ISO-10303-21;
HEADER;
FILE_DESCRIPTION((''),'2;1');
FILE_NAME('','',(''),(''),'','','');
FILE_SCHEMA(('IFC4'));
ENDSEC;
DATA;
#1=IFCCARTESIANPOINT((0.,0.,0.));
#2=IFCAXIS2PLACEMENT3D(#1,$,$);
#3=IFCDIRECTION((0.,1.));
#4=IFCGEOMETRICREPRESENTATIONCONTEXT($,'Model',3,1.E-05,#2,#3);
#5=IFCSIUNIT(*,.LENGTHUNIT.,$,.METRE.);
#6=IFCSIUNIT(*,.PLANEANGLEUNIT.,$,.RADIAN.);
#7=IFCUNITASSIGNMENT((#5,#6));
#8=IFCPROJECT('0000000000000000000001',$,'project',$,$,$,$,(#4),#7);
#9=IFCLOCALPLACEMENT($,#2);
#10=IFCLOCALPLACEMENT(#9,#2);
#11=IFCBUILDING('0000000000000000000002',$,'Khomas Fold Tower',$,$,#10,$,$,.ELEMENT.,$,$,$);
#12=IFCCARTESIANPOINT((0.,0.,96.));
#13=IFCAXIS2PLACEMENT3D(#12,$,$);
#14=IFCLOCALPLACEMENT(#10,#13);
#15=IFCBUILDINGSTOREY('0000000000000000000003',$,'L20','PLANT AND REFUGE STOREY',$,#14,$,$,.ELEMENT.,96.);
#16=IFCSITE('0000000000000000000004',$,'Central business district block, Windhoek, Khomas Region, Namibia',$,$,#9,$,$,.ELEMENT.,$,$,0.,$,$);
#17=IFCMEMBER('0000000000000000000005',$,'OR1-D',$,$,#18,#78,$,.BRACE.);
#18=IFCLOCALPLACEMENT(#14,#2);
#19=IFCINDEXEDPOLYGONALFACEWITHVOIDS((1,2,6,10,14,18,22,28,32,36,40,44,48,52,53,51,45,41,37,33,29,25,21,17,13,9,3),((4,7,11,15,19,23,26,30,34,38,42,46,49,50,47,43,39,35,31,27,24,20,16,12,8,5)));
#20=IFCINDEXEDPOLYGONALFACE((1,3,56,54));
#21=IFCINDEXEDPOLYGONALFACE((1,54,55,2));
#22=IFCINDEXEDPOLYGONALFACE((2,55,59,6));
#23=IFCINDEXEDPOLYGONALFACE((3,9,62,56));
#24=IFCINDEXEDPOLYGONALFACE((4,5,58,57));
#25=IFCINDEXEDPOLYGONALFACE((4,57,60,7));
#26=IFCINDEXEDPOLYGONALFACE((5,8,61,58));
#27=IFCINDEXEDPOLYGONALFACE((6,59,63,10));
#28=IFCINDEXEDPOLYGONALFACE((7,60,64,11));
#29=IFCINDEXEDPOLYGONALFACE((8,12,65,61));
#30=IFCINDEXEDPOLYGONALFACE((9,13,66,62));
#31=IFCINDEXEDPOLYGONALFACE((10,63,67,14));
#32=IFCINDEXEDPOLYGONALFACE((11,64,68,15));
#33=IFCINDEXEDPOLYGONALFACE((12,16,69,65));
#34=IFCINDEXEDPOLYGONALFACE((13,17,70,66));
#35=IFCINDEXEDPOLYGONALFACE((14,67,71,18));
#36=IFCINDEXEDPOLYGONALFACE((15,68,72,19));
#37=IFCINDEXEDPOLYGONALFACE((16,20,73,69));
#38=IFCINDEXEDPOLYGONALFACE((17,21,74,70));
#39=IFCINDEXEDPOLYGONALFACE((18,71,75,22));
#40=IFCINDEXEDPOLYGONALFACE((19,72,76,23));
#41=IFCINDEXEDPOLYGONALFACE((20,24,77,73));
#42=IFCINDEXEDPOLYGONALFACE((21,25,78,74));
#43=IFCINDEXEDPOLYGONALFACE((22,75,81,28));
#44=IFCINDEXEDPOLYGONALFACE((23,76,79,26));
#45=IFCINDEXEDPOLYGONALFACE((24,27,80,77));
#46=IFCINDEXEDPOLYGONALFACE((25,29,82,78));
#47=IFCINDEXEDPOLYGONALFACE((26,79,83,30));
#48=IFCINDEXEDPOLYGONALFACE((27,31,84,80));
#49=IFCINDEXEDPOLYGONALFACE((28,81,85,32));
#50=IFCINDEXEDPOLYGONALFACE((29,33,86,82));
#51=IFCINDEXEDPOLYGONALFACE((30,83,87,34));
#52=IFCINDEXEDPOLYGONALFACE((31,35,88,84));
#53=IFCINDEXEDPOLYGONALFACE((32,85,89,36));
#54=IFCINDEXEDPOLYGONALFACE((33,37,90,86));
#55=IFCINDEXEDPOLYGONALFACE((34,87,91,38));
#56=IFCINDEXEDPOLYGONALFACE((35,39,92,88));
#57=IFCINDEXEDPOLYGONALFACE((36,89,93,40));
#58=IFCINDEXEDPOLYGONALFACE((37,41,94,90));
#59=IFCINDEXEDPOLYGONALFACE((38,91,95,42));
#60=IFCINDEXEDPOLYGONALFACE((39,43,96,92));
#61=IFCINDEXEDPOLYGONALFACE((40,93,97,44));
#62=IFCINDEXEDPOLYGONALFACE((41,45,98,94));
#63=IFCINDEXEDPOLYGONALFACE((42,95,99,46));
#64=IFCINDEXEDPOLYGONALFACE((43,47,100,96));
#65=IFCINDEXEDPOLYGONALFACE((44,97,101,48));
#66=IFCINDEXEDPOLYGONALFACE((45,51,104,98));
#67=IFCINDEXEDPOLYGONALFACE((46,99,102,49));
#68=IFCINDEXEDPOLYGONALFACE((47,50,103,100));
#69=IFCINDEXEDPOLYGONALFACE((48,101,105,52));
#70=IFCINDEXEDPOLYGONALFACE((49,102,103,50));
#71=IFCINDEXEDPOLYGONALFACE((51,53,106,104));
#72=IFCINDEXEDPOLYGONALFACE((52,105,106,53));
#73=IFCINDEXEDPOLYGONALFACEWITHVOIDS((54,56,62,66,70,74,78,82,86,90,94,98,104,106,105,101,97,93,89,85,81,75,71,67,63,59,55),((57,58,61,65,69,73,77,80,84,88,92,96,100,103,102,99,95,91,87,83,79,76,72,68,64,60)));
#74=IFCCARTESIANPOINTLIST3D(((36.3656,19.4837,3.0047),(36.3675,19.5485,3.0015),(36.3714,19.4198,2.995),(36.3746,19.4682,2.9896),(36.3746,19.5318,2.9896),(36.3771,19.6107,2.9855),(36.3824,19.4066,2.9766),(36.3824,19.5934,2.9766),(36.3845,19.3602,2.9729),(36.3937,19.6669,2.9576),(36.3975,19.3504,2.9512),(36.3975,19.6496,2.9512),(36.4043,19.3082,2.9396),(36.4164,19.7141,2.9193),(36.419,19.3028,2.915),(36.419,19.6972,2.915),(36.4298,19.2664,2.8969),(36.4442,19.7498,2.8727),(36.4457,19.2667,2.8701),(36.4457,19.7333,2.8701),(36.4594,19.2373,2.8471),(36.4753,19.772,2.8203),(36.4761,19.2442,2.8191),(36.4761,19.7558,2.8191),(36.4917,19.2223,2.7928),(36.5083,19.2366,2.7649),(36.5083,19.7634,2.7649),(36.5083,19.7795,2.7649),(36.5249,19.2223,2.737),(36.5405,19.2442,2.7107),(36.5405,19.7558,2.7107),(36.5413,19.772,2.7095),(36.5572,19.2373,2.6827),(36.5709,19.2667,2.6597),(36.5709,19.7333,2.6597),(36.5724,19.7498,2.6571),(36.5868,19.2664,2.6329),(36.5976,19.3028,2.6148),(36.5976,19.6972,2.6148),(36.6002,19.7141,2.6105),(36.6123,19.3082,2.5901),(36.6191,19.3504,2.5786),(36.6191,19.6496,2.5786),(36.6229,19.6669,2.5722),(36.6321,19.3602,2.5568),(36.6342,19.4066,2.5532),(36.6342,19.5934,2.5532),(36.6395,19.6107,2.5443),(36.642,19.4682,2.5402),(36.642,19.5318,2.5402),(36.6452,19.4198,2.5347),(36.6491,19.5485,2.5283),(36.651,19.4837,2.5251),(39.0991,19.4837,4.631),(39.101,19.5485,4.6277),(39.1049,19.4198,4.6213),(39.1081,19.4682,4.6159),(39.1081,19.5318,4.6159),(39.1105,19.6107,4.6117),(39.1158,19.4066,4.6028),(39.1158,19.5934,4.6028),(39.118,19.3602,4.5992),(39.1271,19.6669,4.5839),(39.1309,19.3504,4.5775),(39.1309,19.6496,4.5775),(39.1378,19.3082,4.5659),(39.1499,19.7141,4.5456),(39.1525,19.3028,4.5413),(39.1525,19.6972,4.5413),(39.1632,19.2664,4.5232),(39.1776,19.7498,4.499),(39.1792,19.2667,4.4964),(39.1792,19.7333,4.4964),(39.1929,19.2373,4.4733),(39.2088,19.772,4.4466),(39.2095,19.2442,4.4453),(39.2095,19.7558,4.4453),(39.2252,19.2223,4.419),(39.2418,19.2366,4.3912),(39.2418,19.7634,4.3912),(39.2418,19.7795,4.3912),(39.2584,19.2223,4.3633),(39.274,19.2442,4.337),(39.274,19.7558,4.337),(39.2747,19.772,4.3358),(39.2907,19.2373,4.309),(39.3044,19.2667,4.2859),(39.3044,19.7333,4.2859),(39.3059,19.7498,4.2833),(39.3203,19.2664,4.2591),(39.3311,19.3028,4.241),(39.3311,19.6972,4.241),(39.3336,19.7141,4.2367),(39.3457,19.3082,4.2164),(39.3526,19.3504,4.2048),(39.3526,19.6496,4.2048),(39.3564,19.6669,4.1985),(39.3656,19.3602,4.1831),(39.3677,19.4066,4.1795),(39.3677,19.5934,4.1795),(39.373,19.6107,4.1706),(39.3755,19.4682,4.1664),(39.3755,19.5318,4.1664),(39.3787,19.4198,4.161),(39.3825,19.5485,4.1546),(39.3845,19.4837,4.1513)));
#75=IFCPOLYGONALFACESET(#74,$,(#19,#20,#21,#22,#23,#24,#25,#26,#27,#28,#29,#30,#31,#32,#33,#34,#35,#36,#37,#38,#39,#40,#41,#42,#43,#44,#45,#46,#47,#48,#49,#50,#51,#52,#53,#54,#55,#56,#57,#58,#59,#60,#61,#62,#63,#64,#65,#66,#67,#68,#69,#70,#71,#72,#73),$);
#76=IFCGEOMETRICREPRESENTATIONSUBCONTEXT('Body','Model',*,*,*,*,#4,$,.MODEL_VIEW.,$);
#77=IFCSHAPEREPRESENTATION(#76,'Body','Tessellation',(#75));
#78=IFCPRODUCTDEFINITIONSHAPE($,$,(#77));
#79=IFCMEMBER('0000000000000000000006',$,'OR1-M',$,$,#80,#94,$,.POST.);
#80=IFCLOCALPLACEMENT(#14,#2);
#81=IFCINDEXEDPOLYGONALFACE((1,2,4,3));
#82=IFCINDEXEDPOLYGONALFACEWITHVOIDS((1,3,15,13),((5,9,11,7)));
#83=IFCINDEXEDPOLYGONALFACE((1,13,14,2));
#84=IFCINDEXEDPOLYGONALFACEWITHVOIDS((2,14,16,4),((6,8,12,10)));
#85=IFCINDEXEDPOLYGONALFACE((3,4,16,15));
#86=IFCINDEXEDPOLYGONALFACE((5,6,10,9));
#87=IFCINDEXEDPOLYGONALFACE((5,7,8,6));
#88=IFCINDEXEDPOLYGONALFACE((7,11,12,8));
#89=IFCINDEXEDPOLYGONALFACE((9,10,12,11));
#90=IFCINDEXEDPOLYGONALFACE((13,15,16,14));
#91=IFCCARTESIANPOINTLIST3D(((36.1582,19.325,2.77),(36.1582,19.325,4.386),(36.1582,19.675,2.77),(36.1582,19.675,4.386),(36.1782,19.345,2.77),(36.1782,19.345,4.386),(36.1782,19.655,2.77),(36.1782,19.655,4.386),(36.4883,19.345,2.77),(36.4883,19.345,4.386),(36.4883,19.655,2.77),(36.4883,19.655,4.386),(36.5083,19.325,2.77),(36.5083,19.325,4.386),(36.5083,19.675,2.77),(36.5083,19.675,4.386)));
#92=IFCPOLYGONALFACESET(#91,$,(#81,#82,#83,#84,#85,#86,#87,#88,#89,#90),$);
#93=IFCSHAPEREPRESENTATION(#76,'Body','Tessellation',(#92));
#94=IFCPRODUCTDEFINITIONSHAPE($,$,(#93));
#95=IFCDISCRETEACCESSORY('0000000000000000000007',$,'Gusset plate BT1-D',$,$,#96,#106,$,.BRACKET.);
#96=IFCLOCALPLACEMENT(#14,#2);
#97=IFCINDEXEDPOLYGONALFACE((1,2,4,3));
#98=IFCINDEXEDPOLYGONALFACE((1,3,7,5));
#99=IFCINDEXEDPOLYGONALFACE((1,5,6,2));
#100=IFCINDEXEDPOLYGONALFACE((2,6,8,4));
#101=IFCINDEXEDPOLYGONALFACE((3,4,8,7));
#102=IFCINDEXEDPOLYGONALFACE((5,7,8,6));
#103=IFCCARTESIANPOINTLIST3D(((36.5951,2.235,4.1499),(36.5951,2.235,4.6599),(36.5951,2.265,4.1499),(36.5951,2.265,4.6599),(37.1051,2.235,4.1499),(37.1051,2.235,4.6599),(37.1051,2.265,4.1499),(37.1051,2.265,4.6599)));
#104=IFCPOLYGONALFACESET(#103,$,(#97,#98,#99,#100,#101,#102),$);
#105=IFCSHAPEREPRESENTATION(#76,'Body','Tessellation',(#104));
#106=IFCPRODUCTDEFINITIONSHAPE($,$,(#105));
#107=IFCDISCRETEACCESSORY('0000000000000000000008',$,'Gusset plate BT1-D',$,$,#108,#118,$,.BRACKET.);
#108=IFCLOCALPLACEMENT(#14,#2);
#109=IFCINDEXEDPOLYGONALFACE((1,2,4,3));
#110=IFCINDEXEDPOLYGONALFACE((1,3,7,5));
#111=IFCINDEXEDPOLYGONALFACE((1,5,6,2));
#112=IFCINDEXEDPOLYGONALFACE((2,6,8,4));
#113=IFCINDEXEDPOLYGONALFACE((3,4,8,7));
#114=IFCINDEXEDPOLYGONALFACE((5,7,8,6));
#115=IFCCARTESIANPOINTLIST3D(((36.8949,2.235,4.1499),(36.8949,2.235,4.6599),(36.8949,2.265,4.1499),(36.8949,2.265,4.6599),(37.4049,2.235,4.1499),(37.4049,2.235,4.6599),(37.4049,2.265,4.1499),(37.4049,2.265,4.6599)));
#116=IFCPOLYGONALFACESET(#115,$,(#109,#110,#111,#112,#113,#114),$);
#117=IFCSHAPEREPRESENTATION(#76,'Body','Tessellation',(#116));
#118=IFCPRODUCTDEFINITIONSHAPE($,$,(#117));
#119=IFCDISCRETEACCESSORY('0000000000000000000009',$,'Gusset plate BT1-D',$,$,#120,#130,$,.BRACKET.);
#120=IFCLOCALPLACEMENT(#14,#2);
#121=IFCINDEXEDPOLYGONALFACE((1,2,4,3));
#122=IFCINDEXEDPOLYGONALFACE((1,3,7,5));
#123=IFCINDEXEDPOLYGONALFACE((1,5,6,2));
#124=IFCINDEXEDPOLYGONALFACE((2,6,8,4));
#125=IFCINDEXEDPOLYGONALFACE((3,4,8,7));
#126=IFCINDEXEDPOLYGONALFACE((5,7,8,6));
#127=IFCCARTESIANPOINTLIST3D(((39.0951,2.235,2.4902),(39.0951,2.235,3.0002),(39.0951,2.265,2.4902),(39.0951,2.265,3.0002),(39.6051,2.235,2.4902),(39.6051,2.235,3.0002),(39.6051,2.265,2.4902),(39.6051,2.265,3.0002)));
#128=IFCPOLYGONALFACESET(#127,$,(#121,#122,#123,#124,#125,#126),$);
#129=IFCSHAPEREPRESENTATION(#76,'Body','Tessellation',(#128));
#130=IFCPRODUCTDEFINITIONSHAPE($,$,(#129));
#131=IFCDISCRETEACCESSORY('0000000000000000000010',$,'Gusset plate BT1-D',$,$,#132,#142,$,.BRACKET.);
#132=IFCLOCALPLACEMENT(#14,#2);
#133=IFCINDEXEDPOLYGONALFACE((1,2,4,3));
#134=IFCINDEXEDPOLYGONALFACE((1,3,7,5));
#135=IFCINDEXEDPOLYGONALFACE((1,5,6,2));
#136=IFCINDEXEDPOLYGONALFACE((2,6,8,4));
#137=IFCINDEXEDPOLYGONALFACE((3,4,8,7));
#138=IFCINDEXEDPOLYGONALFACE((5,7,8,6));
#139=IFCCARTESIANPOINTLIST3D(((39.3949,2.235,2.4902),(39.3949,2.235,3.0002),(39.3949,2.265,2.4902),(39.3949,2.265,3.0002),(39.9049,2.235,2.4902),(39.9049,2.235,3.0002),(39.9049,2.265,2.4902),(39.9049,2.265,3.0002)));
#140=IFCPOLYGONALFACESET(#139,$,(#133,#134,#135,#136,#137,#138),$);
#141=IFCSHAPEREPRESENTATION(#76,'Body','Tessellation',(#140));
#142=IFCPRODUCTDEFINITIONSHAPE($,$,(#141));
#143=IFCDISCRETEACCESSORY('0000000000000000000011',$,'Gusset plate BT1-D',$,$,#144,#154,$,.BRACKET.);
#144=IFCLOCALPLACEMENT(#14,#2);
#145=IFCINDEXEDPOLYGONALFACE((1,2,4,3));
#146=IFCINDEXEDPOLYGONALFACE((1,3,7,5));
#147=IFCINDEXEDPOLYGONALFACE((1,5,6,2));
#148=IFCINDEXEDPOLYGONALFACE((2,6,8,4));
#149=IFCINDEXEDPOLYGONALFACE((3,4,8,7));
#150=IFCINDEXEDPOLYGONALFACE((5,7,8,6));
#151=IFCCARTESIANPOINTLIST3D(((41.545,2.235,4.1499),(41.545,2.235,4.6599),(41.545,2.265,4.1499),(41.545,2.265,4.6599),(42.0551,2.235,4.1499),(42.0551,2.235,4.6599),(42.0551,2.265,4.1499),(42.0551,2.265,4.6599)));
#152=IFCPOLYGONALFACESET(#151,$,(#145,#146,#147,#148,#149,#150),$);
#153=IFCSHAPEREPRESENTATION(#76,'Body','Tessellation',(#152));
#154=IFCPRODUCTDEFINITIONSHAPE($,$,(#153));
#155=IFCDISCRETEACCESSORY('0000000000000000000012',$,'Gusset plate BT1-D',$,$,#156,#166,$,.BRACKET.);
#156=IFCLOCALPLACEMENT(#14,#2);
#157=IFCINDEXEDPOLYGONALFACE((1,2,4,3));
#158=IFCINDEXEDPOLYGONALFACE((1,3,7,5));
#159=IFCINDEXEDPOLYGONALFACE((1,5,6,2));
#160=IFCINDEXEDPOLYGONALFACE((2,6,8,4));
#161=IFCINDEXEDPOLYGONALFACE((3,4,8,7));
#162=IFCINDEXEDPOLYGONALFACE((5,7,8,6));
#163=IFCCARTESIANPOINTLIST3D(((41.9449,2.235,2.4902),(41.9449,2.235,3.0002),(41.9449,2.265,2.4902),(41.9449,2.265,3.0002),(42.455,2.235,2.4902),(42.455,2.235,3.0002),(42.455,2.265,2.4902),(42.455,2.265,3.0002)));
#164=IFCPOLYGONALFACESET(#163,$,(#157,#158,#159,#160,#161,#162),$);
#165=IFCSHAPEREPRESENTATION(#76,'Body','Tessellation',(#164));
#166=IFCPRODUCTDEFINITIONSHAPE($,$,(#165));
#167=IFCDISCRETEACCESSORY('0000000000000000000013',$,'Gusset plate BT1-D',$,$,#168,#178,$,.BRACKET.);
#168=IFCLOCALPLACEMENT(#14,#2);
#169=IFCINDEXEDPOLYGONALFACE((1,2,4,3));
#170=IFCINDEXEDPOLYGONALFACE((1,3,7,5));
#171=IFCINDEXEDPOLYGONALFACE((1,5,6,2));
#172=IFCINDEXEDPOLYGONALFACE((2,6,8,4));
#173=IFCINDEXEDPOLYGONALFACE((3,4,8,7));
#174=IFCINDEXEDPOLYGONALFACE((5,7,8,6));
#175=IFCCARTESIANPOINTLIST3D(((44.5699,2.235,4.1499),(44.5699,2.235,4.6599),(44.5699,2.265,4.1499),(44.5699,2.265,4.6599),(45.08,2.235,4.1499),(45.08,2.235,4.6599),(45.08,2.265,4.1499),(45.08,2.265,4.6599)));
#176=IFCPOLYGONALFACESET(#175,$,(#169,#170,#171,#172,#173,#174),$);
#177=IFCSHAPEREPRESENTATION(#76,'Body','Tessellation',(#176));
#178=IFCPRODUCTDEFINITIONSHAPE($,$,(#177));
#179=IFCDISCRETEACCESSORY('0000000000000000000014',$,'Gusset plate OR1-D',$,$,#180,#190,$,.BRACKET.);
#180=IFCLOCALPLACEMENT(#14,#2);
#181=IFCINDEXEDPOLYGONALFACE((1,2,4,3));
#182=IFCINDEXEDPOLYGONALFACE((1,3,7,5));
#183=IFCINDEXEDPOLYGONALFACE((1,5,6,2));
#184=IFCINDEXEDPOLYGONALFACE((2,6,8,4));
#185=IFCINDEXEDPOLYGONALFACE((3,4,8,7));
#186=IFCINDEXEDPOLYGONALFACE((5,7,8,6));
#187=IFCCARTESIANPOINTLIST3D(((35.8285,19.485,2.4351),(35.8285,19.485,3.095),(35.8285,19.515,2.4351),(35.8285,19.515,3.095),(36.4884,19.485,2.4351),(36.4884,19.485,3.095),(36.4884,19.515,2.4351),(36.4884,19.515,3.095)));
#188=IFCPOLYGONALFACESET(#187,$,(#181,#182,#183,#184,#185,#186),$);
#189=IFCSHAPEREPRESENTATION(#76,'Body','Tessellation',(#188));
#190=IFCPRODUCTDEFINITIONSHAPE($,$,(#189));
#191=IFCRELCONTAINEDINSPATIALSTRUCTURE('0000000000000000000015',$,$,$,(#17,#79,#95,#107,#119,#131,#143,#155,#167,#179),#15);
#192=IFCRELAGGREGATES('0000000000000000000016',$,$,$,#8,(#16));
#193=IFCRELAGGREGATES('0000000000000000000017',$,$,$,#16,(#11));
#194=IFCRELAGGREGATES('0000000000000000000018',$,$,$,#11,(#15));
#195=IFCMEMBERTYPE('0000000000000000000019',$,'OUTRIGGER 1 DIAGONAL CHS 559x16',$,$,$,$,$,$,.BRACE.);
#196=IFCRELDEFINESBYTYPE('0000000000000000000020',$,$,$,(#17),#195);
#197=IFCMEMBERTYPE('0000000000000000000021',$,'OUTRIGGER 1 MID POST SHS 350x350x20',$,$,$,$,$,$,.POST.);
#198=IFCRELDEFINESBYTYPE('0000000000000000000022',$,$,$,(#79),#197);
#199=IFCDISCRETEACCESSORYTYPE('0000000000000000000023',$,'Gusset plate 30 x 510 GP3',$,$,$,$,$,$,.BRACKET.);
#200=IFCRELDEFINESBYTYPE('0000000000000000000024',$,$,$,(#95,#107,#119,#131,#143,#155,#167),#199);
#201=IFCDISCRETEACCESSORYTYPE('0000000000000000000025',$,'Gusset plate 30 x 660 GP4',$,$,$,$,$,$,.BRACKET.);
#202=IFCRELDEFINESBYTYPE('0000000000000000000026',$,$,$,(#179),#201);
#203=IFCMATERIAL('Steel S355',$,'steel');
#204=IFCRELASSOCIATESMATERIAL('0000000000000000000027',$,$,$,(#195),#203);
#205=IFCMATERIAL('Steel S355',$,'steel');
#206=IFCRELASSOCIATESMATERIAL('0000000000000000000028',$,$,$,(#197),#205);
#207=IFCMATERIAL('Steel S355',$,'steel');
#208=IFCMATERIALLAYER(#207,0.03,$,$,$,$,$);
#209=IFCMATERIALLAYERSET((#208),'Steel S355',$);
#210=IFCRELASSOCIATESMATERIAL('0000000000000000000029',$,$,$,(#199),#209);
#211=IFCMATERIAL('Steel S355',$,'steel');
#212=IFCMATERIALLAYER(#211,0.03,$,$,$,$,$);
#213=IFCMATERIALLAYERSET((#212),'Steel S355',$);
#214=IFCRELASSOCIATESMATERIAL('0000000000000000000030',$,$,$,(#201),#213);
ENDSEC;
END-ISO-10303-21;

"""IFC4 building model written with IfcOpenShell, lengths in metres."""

from ifc_helpers import new_model, si_unit, direction, frame, origin, origin_2d, place, context, subcontext, project, spatial, rectangle, hollow_rectangle, hollow_circle, extrude, source, transform, mapped, material, layer, layer_set, material_profile, profile_set, type_object, element, save


model = new_model("IFC4")

# Units and contexts
model_context = context("Model", 3, precision=1e-05, world=origin(), true_north=direction((0.0, 1.0)))
body_context = subcontext(model_context, "Body", "Model", "MODEL_VIEW")
ifc_project = project(units=[si_unit("LENGTHUNIT", "METRE"), si_unit("PLANEANGLEUNIT", "RADIAN")], contexts=[model_context])

# Site, building, storey
site_placement = place(None, origin())
site = spatial("IfcSite", under=ifc_project, at=site_placement, Name="Central business district block, Windhoek, Khomas Region, Namibia", CompositionType="ELEMENT", RefElevation=0.0)
building_placement = place(site_placement, origin())
building = spatial("IfcBuilding", under=site, at=building_placement, Name="Khomas Fold Tower", CompositionType="ELEMENT")
storey_placement = place(building_placement, frame((0.0, 0.0, 96.0)))
storey = spatial("IfcBuildingStorey", under=building, at=storey_placement, Name="L20", Description="PLANT AND REFUGE STOREY", CompositionType="ELEMENT", Elevation=96.0)

# Members
ifc_material_1 = material(Name="Steel S355", Category="steel")
ifc_material_profile_1 = material_profile(ifc_material_1, hollow_circle(Radius=0.2795, WallThickness=0.0161, at=origin_2d()), Name="CHS 559x16")
ifc_profile_set_1 = profile_set([ifc_material_profile_1], Name="Steel S355")
member_type_1 = type_object("IfcMemberType", Name="OUTRIGGER 1 DIAGONAL CHS 559x16", PredefinedType="BRACE", material=ifc_profile_set_1)
shared_shape_1 = source(origin(), body_context, "Body", "SweptSolid", [
    extrude(hollow_circle(Radius=0.2795, WallThickness=0.0161, at=origin_2d()), origin(), (0.0, 0.0, 1.0), 3.1807),
])
member_1_placement = place(storey_placement, frame((36.5083, 19.5, 2.7649), z_axis=(0.859404, 0.0, 0.511298), x_axis=(0.0, 1.0, 0.0)))
element("IfcMember", 1, at=member_1_placement, inside=storey, type_object=member_type_1, Name="OR1-D", PredefinedType="BRACE", context=body_context, shape_type="MappedRepresentation", body=[
    mapped(shared_shape_1, transform((0.0, 0.0, 0.0))),
])
ifc_material_2 = material(Name="Steel S355", Category="steel")
ifc_material_profile_2 = material_profile(ifc_material_2, hollow_rectangle(XDim=0.3501, YDim=0.3501, WallThickness=0.02, at=origin_2d()), Name="SHS 350x350x20")
ifc_profile_set_2 = profile_set([ifc_material_profile_2], Name="Steel S355")
member_type_2 = type_object("IfcMemberType", Name="OUTRIGGER 1 MID POST SHS 350x350x20", PredefinedType="POST", material=ifc_profile_set_2)
shared_shape_2 = source(origin(), body_context, "Body", "SweptSolid", [
    extrude(hollow_rectangle(XDim=0.3501, YDim=0.3501, WallThickness=0.02, at=origin_2d()), origin(), (0.0, 0.0, 1.0), 1.616),
])
member_2_placement = place(storey_placement, frame((36.3333, 19.5, 2.77), z_axis=(0.0, 0.0, 1.0), x_axis=(1.0, 0.0, 0.0)))
element("IfcMember", 2, at=member_2_placement, inside=storey, type_object=member_type_2, Name="OR1-M", PredefinedType="POST", context=body_context, shape_type="MappedRepresentation", body=[
    mapped(shared_shape_2, transform((0.0, 0.0, 0.0))),
])

# Discrete accessories
ifc_material_3 = material(Name="Steel S355", Category="steel")
ifc_layer_1 = layer(ifc_material_3, 0.03)
ifc_layer_set_1 = layer_set([ifc_layer_1], Name="Steel S355")
discrete_accessory_type_1 = type_object("IfcDiscreteAccessoryType", Name="Gusset plate 30 x 510 GP3", PredefinedType="BRACKET", material=ifc_layer_set_1)
shared_shape_3 = source(origin(), body_context, "Body", "SweptSolid", [
    extrude(rectangle(XDim=0.51, YDim=0.03, at=origin_2d()), origin(), (0.0, 0.0, 1.0), 0.51),
])
for number, where, z_axis, x_axis, name in (
    (3, (36.8501, 2.25, 4.1499), (0.0, 0.0, 1.0), (1.0, 0.0, 0.0), "Gusset plate BT1-D"),
    (4, (37.1499, 2.25, 4.1499), (0.0, 0.0, 1.0), (1.0, 0.0, 0.0), "Gusset plate BT1-D"),
    (5, (39.3501, 2.25, 2.4902), (0.0, 0.0, 1.0), (1.0, 0.0, 0.0), "Gusset plate BT1-D"),
    (6, (39.6499, 2.25, 2.4902), (0.0, 0.0, 1.0), (1.0, 0.0, 0.0), "Gusset plate BT1-D"),
    (7, (41.8, 2.25, 4.1499), (0.0, 0.0, 1.0), (1.0, 0.0, 0.0), "Gusset plate BT1-D"),
    (8, (42.2, 2.25, 2.4902), (0.0, 0.0, 1.0), (1.0, 0.0, 0.0), "Gusset plate BT1-D"),
    (9, (44.825, 2.25, 4.1499), (0.0, 0.0, 1.0), (1.0, 0.0, 0.0), "Gusset plate BT1-D"),
):
    element("IfcDiscreteAccessory", number, at=place(storey_placement, frame(where, z_axis=z_axis, x_axis=x_axis)), inside=storey, type_object=discrete_accessory_type_1, Name=name, PredefinedType="BRACKET", context=body_context, shape_type="MappedRepresentation", body=[
        mapped(shared_shape_3, transform((0.0, 0.0, 0.0))),
    ])
ifc_material_4 = material(Name="Steel S355", Category="steel")
ifc_layer_2 = layer(ifc_material_4, 0.03)
ifc_layer_set_2 = layer_set([ifc_layer_2], Name="Steel S355")
discrete_accessory_type_2 = type_object("IfcDiscreteAccessoryType", Name="Gusset plate 30 x 660 GP4", PredefinedType="BRACKET", material=ifc_layer_set_2)
shared_shape_4 = source(origin(), body_context, "Body", "SweptSolid", [
    extrude(rectangle(XDim=0.6599, YDim=0.03, at=origin_2d()), origin(), (0.0, 0.0, 1.0), 0.6599),
])
discrete_accessory_placement = place(storey_placement, frame((36.1584, 19.5, 2.4351), z_axis=(0.0, 0.0, 1.0), x_axis=(1.0, 0.0, 0.0)))
element("IfcDiscreteAccessory", 10, at=discrete_accessory_placement, inside=storey, type_object=discrete_accessory_type_2, Name="Gusset plate OR1-D", PredefinedType="BRACKET", context=body_context, shape_type="MappedRepresentation", body=[
    mapped(shared_shape_4, transform((0.0, 0.0, 0.0))),
])

save(model, "model.ifc")
